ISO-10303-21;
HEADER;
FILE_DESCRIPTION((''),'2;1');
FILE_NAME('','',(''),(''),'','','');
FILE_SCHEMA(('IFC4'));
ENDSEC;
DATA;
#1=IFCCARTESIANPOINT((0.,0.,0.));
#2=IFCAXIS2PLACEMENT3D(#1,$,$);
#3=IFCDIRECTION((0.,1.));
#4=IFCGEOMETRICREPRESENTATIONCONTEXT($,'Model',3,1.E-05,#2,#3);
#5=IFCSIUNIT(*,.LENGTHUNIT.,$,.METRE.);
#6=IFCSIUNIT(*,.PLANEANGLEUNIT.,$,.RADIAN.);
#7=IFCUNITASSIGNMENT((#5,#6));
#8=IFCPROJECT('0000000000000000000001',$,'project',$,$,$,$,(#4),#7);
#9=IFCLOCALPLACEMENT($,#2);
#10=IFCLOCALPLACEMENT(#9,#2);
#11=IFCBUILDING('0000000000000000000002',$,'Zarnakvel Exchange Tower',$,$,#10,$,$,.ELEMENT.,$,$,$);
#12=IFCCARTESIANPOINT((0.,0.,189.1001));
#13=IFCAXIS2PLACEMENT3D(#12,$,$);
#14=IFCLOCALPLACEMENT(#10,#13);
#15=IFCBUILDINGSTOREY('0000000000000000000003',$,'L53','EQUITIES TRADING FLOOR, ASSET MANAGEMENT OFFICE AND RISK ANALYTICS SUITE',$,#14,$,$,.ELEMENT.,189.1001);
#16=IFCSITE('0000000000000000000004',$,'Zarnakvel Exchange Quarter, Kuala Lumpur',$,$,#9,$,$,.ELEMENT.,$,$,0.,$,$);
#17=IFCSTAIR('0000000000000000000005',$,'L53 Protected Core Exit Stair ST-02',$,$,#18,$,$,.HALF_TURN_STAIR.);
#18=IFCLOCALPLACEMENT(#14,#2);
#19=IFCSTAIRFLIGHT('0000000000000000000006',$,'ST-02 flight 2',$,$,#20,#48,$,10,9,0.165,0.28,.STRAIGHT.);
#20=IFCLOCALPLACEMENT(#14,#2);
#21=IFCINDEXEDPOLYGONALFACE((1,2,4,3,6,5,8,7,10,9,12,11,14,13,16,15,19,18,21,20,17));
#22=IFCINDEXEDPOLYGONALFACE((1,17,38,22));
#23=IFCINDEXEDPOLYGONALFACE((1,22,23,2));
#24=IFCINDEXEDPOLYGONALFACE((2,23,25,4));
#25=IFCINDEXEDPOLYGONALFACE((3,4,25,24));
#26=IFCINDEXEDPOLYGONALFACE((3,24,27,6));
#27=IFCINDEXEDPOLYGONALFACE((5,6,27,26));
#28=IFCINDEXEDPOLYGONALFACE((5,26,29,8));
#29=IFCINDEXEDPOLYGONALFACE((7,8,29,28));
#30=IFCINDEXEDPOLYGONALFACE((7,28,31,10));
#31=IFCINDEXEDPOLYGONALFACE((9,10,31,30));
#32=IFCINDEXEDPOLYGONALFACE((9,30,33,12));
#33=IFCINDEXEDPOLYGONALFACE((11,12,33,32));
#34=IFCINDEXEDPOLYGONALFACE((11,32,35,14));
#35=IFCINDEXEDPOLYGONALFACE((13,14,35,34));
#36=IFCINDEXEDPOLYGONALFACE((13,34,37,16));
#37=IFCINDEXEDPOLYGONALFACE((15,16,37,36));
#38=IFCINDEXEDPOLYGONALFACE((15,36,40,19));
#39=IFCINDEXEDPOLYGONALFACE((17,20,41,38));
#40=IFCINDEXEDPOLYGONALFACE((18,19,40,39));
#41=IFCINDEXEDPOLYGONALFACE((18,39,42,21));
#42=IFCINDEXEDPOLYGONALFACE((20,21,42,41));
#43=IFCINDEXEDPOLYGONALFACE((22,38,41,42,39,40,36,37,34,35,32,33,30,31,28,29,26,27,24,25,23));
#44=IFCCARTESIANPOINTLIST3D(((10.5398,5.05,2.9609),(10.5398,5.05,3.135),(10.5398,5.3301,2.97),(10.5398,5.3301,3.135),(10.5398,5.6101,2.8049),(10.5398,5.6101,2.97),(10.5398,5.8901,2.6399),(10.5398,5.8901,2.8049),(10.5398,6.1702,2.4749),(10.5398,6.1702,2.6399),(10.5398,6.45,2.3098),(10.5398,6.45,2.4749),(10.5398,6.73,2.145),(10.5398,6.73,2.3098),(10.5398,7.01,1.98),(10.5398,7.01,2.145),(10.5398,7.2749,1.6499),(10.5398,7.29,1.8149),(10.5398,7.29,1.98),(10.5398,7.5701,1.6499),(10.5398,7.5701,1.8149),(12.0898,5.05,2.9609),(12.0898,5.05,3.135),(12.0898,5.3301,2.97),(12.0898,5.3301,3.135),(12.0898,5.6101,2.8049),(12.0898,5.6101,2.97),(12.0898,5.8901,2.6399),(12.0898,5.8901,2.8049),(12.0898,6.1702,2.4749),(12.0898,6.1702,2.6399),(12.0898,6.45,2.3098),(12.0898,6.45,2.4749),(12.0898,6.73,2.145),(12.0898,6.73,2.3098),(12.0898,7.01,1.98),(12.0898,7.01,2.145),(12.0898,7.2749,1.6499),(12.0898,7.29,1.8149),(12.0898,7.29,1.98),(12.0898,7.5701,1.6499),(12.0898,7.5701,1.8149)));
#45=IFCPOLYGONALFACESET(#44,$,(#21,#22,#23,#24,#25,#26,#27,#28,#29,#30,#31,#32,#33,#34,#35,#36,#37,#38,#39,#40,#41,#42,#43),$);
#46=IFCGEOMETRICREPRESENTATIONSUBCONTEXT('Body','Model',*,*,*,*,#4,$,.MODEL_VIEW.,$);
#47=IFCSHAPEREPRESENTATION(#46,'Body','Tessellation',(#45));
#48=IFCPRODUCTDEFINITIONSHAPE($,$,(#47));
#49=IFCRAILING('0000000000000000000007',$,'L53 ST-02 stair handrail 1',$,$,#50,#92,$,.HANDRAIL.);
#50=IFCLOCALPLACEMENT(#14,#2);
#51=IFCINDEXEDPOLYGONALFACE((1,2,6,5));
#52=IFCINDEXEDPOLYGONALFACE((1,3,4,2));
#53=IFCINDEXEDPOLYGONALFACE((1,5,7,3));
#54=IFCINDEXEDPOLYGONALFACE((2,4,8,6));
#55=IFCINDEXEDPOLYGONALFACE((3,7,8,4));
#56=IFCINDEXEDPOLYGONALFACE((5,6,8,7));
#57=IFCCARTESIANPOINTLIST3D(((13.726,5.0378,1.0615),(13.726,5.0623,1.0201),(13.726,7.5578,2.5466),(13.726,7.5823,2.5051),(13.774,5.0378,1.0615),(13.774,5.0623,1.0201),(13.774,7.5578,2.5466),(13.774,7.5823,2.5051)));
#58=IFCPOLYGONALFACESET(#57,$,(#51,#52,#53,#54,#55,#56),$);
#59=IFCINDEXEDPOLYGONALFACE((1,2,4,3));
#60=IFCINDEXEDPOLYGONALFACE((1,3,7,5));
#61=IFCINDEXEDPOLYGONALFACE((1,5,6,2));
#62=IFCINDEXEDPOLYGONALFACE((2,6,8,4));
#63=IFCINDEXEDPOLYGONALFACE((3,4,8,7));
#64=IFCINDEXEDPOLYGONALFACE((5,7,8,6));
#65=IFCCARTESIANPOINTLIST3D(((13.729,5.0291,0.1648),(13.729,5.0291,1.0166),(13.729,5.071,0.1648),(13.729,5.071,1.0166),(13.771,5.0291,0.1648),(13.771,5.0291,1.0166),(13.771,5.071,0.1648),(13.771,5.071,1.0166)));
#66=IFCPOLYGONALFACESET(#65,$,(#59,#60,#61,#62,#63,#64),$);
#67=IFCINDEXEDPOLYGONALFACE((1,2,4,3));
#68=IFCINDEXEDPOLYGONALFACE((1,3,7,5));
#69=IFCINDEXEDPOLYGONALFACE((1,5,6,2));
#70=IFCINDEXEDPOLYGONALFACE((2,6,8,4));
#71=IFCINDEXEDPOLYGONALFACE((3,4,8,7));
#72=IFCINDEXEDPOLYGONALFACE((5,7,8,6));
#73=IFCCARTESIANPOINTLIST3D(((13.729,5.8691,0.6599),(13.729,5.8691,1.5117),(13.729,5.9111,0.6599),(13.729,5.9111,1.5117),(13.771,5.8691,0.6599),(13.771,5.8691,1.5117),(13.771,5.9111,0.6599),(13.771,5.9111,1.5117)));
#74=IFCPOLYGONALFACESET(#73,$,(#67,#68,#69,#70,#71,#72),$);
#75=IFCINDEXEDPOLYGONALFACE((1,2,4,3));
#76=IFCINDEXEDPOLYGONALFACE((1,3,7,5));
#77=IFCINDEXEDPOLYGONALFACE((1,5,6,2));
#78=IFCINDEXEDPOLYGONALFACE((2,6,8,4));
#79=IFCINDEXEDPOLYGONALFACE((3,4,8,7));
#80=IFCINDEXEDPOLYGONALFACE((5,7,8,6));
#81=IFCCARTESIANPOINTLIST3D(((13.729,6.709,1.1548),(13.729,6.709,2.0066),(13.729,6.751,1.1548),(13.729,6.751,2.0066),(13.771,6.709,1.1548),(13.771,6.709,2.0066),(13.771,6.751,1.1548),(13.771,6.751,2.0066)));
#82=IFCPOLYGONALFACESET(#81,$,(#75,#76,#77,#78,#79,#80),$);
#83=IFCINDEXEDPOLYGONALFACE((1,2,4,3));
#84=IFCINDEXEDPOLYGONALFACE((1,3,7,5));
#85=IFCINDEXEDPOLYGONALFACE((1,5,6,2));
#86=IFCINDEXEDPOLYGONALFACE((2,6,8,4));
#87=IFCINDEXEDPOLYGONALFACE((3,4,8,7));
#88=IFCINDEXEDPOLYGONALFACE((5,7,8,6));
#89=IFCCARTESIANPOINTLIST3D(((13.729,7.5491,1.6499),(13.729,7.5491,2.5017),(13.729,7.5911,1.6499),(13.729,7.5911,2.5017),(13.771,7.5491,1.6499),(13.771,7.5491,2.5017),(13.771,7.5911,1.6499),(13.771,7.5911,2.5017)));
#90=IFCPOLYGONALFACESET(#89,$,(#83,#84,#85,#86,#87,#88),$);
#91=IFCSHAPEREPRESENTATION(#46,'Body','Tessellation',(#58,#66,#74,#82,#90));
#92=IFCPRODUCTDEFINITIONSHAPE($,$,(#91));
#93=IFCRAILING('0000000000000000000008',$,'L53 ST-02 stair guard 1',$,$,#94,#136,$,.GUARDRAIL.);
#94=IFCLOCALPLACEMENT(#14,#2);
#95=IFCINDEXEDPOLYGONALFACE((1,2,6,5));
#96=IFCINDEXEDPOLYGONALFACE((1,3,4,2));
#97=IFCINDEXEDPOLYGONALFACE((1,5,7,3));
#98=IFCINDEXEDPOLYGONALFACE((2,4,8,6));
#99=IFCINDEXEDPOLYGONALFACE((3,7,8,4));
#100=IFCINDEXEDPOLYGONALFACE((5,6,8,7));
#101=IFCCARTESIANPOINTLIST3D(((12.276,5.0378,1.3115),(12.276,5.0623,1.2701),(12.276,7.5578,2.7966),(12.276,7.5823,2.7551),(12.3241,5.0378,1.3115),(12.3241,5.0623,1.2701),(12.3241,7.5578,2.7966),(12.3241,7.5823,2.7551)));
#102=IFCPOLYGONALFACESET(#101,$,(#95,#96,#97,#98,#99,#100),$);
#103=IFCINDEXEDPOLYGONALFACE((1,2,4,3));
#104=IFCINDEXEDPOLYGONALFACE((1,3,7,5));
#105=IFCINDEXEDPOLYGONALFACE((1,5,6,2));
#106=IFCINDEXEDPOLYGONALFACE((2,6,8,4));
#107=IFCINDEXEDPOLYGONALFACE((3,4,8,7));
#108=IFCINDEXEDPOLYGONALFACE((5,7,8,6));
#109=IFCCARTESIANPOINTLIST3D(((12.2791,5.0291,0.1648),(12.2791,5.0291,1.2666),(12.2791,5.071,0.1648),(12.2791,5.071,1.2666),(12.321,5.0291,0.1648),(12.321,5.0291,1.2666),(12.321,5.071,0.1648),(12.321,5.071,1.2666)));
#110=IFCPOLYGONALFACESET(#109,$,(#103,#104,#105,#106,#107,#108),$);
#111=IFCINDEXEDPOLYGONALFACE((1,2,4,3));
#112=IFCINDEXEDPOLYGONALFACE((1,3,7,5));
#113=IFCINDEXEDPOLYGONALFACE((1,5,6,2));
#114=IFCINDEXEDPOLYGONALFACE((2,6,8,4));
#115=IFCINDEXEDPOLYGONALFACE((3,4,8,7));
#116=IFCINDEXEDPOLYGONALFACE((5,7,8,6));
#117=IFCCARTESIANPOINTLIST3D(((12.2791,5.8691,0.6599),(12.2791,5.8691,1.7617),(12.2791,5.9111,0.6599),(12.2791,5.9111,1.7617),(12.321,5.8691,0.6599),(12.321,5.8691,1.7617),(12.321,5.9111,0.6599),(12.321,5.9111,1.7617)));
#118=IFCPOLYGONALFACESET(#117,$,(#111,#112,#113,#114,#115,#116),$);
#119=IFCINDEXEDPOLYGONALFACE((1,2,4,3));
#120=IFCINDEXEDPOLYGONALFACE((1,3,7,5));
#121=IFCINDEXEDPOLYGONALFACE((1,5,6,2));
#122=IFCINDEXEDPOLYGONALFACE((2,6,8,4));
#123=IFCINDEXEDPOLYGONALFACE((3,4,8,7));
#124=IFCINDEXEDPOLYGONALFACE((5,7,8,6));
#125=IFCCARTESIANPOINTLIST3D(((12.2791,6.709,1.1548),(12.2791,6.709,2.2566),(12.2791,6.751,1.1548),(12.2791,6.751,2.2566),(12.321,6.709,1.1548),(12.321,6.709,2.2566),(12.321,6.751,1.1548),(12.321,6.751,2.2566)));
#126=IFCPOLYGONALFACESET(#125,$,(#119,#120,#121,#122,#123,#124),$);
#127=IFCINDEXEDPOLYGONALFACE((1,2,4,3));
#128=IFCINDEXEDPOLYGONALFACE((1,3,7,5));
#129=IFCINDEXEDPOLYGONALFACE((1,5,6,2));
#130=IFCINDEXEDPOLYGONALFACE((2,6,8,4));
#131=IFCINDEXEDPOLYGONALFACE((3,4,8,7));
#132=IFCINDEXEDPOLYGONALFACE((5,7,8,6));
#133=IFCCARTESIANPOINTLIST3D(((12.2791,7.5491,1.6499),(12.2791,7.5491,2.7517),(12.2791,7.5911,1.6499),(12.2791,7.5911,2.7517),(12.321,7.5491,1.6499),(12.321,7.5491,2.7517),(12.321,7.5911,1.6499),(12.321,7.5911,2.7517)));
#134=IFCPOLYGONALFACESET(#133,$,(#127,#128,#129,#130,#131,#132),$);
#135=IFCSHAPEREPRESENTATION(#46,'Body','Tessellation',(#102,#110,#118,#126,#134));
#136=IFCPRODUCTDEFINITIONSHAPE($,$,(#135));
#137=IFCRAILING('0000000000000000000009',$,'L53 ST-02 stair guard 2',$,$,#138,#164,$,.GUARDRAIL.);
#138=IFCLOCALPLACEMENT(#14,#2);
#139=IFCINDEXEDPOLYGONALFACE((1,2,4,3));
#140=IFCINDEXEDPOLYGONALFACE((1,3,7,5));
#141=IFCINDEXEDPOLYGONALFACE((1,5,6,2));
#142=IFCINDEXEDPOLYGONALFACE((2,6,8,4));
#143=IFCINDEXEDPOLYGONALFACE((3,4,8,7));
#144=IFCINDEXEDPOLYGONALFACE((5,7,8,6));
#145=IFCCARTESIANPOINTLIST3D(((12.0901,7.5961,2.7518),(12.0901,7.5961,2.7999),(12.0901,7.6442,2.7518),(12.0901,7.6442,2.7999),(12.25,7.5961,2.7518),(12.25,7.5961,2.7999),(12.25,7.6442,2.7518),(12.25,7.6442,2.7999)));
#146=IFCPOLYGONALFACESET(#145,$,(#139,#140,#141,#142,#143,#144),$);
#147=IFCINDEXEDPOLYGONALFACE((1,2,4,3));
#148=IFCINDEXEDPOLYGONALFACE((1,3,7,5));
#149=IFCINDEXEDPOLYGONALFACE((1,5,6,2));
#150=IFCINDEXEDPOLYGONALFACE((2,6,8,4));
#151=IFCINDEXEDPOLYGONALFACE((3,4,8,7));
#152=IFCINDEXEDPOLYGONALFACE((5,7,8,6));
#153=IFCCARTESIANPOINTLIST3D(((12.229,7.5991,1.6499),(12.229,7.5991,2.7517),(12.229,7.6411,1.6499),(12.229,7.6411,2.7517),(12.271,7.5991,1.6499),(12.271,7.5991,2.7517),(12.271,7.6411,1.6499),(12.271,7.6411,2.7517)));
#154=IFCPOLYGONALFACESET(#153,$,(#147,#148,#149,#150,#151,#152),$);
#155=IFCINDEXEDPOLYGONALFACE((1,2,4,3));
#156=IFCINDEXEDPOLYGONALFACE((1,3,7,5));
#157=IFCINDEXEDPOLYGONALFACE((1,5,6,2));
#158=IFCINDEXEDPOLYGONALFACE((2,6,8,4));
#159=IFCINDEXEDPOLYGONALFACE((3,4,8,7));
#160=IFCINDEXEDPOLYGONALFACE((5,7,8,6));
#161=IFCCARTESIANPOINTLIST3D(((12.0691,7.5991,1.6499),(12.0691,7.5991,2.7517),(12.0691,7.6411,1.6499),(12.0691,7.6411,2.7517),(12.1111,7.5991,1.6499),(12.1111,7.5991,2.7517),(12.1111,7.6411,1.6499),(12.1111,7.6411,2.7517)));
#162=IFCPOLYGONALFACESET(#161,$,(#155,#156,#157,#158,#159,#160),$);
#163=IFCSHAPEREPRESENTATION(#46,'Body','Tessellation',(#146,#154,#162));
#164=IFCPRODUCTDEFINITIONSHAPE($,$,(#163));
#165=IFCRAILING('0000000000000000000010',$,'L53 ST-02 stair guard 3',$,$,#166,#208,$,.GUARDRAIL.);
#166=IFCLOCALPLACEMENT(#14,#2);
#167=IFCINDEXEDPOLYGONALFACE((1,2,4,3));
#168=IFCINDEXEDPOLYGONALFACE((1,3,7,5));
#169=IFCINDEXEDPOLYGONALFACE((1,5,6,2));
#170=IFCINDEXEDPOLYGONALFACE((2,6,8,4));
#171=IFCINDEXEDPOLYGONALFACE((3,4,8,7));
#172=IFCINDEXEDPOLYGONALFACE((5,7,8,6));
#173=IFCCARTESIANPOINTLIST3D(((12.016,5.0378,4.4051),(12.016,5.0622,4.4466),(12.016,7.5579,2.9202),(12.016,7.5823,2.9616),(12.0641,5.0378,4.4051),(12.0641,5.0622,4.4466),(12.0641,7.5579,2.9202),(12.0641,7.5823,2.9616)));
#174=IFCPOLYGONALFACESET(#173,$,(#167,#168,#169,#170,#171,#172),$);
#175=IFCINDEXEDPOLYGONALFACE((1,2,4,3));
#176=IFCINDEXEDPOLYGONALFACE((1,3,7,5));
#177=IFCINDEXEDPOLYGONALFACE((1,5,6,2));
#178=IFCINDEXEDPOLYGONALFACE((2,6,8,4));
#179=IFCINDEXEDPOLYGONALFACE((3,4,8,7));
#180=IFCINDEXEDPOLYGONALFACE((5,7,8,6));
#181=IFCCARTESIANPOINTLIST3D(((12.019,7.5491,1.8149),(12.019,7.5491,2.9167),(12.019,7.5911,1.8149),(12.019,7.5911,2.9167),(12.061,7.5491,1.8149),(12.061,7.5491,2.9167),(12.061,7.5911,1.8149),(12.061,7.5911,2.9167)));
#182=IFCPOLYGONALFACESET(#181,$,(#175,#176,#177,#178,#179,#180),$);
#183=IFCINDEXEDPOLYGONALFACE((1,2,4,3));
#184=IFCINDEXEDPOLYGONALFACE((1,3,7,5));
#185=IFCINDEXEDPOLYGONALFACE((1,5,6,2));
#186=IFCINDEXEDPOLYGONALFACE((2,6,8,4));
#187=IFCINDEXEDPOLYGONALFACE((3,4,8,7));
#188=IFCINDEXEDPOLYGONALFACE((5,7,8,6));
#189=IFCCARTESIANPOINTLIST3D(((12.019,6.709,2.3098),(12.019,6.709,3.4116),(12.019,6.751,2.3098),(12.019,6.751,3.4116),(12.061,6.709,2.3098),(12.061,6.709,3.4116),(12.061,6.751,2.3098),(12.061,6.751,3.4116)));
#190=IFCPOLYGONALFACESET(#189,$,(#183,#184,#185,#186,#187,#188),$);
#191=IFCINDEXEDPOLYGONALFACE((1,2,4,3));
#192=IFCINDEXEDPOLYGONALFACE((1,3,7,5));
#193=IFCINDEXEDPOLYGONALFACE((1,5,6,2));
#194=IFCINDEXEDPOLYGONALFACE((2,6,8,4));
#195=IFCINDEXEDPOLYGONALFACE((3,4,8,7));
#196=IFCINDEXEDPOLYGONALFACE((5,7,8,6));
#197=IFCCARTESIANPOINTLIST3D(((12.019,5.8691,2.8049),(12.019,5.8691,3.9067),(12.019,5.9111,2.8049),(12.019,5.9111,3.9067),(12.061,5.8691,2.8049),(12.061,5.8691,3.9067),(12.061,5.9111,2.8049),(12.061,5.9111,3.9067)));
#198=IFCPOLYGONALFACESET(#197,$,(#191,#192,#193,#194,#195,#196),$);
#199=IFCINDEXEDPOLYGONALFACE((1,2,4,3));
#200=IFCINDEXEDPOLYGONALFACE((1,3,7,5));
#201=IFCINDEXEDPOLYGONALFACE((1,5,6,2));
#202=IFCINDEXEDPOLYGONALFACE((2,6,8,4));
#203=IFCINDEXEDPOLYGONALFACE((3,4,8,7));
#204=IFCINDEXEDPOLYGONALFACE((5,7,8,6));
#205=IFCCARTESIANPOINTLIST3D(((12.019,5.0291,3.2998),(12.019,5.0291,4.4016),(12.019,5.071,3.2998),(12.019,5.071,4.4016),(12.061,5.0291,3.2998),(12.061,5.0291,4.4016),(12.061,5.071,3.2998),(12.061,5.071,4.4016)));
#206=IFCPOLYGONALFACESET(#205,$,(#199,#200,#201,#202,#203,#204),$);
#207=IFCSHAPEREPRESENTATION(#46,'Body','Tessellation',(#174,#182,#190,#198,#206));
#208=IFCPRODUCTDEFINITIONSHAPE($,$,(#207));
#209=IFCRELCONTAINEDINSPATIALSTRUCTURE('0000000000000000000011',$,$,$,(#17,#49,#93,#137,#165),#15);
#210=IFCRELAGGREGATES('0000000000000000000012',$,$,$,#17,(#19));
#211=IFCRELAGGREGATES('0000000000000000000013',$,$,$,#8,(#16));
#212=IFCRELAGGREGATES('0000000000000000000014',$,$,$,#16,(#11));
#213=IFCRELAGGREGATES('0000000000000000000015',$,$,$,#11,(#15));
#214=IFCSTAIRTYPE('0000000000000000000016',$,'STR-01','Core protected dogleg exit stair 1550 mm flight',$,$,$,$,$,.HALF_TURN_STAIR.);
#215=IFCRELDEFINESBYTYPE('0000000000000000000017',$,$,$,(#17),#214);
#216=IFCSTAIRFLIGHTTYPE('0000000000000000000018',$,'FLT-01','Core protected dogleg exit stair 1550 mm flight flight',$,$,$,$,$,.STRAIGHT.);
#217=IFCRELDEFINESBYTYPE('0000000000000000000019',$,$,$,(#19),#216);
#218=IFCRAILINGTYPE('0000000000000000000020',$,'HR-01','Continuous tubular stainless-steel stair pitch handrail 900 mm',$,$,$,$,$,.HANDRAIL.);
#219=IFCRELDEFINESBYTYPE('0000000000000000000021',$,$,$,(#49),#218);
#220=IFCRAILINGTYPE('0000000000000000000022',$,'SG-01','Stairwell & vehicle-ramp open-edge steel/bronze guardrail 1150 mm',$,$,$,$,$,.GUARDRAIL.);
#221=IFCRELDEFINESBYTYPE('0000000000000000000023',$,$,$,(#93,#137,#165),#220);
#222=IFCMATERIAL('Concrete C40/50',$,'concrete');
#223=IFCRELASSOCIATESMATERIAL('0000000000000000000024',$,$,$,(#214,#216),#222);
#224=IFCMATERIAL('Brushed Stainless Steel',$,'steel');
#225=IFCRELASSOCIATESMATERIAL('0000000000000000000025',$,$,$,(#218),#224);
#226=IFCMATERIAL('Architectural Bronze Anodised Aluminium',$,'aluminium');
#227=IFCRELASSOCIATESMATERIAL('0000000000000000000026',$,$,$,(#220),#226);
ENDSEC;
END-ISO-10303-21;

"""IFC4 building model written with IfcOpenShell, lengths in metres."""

from ifc_helpers import new_model, si_unit, direction, frame, origin, origin_2d, place, context, subcontext, project, spatial, polyline, rectangle, outline, extrude, material, type_object, element, aggregate, save


model = new_model("IFC4")

# Units and contexts
model_context = context("Model", 3, precision=1e-05, world=origin(), true_north=direction((0.0, 1.0)))
body_context = subcontext(model_context, "Body", "Model", "MODEL_VIEW")
ifc_project = project(units=[si_unit("LENGTHUNIT", "METRE"), si_unit("PLANEANGLEUNIT", "RADIAN")], contexts=[model_context])

# Site, building, storey
site_placement = place(None, origin())
site = spatial("IfcSite", under=ifc_project, at=site_placement, Name="Zarnakvel Exchange Quarter, Kuala Lumpur", CompositionType="ELEMENT", RefElevation=0.0)
building_placement = place(site_placement, origin())
building = spatial("IfcBuilding", under=site, at=building_placement, Name="Zarnakvel Exchange Tower", CompositionType="ELEMENT")
storey_placement = place(building_placement, frame((0.0, 0.0, 189.1001)))
storey = spatial("IfcBuildingStorey", under=building, at=storey_placement, Name="L53", Description="EQUITIES TRADING FLOOR, ASSET MANAGEMENT OFFICE AND RISK ANALYTICS SUITE", CompositionType="ELEMENT", Elevation=189.1001)

# Shared definitions
ifc_material_1 = material(Name="Architectural Bronze Anodised Aluminium", Category="aluminium")

# Shared definitions
ifc_material_2 = material(Name="Concrete C40/50", Category="concrete")

# Stair, stair flight
stair_type = type_object("IfcStairType", Name="STR-01", Description="Core protected dogleg exit stair 1550 mm flight", PredefinedType="HALF_TURN_STAIR", material=ifc_material_2)
stair_placement = place(storey_placement, origin())
stair = element("IfcStair", 1, at=stair_placement, inside=storey, type_object=stair_type, Name="L53 Protected Core Exit Stair ST-02", PredefinedType="HALF_TURN_STAIR")
stair_flight_type = type_object("IfcStairFlightType", Name="FLT-01", Description="Core protected dogleg exit stair 1550 mm flight flight", PredefinedType="STRAIGHT", material=ifc_material_2)
stair_flight_1_placement = place(storey_placement, frame((11.3149, 7.5701, 1.6499), z_axis=(0.0, 0.0, 1.0), x_axis=(0.0, -1.0, 0.0)))
stair_flight_1 = element("IfcStairFlight", 2, at=stair_flight_1_placement, type_object=stair_flight_type, Name="ST-02 flight 2", NumberOfRisers=10, NumberOfTreads=9, PredefinedType="STRAIGHT", RiserHeight=0.165, TreadLength=0.28, context=body_context, shape_type="SweptSolid", body=[
    extrude(outline(polyline([(0.0, 0.0), (0.0, 0.165), (0.28, 0.165), (0.28, 0.3301), (0.5601, 0.3301), (0.5601, 0.4951), (0.8401, 0.4951), (0.8401, 0.6599), (1.1201, 0.6599), (1.1201, 0.825), (1.3999, 0.825), (1.3999, 0.99), (1.6799, 0.99), (1.6799, 1.155), (1.96, 1.155), (1.96, 1.3201), (2.24, 1.3201), (2.24, 1.4851), (2.52, 1.4851), (2.52, 1.6499), (2.52, 1.311), (0.2952, 0.0), (0.0, 0.0)])), frame((0.0, 0.7749, 0.0), z_axis=(0.0, -1.0, 0.0), x_axis=(1.0, 0.0, 0.0)), (0.0, 0.0, 1.0), 1.55),
])
aggregate(stair, [stair_flight_1])

# Railings
ifc_material_3 = material(Name="Brushed Stainless Steel", Category="steel")
railing_type_1 = type_object("IfcRailingType", Name="HR-01", Description="Continuous tubular stainless-steel stair pitch handrail 900 mm", PredefinedType="HANDRAIL", material=ifc_material_3)
railing_1_placement = place(storey_placement, frame((13.75, 5.05, 0.1648)))
element("IfcRailing", 3, at=railing_1_placement, inside=storey, type_object=railing_type_1, Name="L53 ST-02 stair handrail 1", PredefinedType="HANDRAIL", context=body_context, shape_type="SweptSolid", body=[
    extrude(rectangle(XDim=0.0481, YDim=0.0481, at=origin_2d()), frame((0.0, 0.0, 0.876), z_axis=(0.0, 0.861524, 0.507717), x_axis=(-1.0, 0.0, 0.0)), (0.0, 0.0, 1.0), 2.925),
    extrude(rectangle(XDim=0.042, YDim=0.042, at=origin_2d()), origin(), (0.0, 0.0, 1.0), 0.8518),
    extrude(rectangle(XDim=0.042, YDim=0.042, at=origin_2d()), frame((0.0, 0.8401, 0.4951)), (0.0, 0.0, 1.0), 0.8518),
    extrude(rectangle(XDim=0.042, YDim=0.042, at=origin_2d()), frame((0.0, 1.6799, 0.99)), (0.0, 0.0, 1.0), 0.8518),
    extrude(rectangle(XDim=0.042, YDim=0.042, at=origin_2d()), frame((0.0, 2.52, 1.4851)), (0.0, 0.0, 1.0), 0.8518),
])
railing_type_2 = type_object("IfcRailingType", Name="SG-01", Description="Stairwell & vehicle-ramp open-edge steel/bronze guardrail 1150 mm", PredefinedType="GUARDRAIL", material=ifc_material_1)
railing_2_placement = place(storey_placement, frame((12.3, 5.05, 0.1648)))
element("IfcRailing", 4, at=railing_2_placement, inside=storey, type_object=railing_type_2, Name="L53 ST-02 stair guard 1", PredefinedType="GUARDRAIL", context=body_context, shape_type="SweptSolid", body=[
    extrude(rectangle(XDim=0.0481, YDim=0.0481, at=origin_2d()), frame((0.0, 0.0, 1.126), z_axis=(0.0, 0.861524, 0.507717), x_axis=(-1.0, 0.0, 0.0)), (0.0, 0.0, 1.0), 2.925),
    extrude(rectangle(XDim=0.042, YDim=0.042, at=origin_2d()), origin(), (0.0, 0.0, 1.0), 1.1018),
    extrude(rectangle(XDim=0.042, YDim=0.042, at=origin_2d()), frame((0.0, 0.8401, 0.4951)), (0.0, 0.0, 1.0), 1.1018),
    extrude(rectangle(XDim=0.042, YDim=0.042, at=origin_2d()), frame((0.0, 1.6799, 0.99)), (0.0, 0.0, 1.0), 1.1018),
    extrude(rectangle(XDim=0.042, YDim=0.042, at=origin_2d()), frame((0.0, 2.52, 1.4851)), (0.0, 0.0, 1.0), 1.1018),
])
railing_3_placement = place(storey_placement, frame((12.25, 7.6201, 1.6499)))
element("IfcRailing", 5, at=railing_3_placement, inside=storey, type_object=railing_type_2, Name="L53 ST-02 stair guard 2", PredefinedType="GUARDRAIL", context=body_context, shape_type="SweptSolid", body=[
    extrude(rectangle(XDim=0.0481, YDim=0.0481, at=origin_2d()), frame((0.0, 0.0, 1.126), z_axis=(-1.0, 0.0, 0.0), x_axis=(0.0, -1.0, 0.0)), (0.0, 0.0, 1.0), 0.1599),
    extrude(rectangle(XDim=0.042, YDim=0.042, at=origin_2d()), origin(), (0.0, 0.0, 1.0), 1.1018),
    extrude(rectangle(XDim=0.042, YDim=0.042, at=origin_2d()), frame((-0.1599, 0.0, 0.0)), (0.0, 0.0, 1.0), 1.1018),
])
railing_4_placement = place(storey_placement, frame((12.04, 7.5701, 1.8149)))
element("IfcRailing", 6, at=railing_4_placement, inside=storey, type_object=railing_type_2, Name="L53 ST-02 stair guard 3", PredefinedType="GUARDRAIL", context=body_context, shape_type="SweptSolid", body=[
    extrude(rectangle(XDim=0.0481, YDim=0.0481, at=origin_2d()), frame((0.0, 0.0, 1.126), z_axis=(0.0, -0.861561, 0.507655), x_axis=(1.0, 0.0, 0.0)), (0.0, 0.0, 1.0), 2.925),
    extrude(rectangle(XDim=0.042, YDim=0.042, at=origin_2d()), origin(), (0.0, 0.0, 1.0), 1.1018),
    extrude(rectangle(XDim=0.042, YDim=0.042, at=origin_2d()), frame((0.0, -0.8401, 0.4949)), (0.0, 0.0, 1.0), 1.1018),
    extrude(rectangle(XDim=0.042, YDim=0.042, at=origin_2d()), frame((0.0, -1.6799, 0.99)), (0.0, 0.0, 1.0), 1.1018),
    extrude(rectangle(XDim=0.042, YDim=0.042, at=origin_2d()), frame((0.0, -2.52, 1.4849)), (0.0, 0.0, 1.0), 1.1018),
])

save(model, "model.ifc")
